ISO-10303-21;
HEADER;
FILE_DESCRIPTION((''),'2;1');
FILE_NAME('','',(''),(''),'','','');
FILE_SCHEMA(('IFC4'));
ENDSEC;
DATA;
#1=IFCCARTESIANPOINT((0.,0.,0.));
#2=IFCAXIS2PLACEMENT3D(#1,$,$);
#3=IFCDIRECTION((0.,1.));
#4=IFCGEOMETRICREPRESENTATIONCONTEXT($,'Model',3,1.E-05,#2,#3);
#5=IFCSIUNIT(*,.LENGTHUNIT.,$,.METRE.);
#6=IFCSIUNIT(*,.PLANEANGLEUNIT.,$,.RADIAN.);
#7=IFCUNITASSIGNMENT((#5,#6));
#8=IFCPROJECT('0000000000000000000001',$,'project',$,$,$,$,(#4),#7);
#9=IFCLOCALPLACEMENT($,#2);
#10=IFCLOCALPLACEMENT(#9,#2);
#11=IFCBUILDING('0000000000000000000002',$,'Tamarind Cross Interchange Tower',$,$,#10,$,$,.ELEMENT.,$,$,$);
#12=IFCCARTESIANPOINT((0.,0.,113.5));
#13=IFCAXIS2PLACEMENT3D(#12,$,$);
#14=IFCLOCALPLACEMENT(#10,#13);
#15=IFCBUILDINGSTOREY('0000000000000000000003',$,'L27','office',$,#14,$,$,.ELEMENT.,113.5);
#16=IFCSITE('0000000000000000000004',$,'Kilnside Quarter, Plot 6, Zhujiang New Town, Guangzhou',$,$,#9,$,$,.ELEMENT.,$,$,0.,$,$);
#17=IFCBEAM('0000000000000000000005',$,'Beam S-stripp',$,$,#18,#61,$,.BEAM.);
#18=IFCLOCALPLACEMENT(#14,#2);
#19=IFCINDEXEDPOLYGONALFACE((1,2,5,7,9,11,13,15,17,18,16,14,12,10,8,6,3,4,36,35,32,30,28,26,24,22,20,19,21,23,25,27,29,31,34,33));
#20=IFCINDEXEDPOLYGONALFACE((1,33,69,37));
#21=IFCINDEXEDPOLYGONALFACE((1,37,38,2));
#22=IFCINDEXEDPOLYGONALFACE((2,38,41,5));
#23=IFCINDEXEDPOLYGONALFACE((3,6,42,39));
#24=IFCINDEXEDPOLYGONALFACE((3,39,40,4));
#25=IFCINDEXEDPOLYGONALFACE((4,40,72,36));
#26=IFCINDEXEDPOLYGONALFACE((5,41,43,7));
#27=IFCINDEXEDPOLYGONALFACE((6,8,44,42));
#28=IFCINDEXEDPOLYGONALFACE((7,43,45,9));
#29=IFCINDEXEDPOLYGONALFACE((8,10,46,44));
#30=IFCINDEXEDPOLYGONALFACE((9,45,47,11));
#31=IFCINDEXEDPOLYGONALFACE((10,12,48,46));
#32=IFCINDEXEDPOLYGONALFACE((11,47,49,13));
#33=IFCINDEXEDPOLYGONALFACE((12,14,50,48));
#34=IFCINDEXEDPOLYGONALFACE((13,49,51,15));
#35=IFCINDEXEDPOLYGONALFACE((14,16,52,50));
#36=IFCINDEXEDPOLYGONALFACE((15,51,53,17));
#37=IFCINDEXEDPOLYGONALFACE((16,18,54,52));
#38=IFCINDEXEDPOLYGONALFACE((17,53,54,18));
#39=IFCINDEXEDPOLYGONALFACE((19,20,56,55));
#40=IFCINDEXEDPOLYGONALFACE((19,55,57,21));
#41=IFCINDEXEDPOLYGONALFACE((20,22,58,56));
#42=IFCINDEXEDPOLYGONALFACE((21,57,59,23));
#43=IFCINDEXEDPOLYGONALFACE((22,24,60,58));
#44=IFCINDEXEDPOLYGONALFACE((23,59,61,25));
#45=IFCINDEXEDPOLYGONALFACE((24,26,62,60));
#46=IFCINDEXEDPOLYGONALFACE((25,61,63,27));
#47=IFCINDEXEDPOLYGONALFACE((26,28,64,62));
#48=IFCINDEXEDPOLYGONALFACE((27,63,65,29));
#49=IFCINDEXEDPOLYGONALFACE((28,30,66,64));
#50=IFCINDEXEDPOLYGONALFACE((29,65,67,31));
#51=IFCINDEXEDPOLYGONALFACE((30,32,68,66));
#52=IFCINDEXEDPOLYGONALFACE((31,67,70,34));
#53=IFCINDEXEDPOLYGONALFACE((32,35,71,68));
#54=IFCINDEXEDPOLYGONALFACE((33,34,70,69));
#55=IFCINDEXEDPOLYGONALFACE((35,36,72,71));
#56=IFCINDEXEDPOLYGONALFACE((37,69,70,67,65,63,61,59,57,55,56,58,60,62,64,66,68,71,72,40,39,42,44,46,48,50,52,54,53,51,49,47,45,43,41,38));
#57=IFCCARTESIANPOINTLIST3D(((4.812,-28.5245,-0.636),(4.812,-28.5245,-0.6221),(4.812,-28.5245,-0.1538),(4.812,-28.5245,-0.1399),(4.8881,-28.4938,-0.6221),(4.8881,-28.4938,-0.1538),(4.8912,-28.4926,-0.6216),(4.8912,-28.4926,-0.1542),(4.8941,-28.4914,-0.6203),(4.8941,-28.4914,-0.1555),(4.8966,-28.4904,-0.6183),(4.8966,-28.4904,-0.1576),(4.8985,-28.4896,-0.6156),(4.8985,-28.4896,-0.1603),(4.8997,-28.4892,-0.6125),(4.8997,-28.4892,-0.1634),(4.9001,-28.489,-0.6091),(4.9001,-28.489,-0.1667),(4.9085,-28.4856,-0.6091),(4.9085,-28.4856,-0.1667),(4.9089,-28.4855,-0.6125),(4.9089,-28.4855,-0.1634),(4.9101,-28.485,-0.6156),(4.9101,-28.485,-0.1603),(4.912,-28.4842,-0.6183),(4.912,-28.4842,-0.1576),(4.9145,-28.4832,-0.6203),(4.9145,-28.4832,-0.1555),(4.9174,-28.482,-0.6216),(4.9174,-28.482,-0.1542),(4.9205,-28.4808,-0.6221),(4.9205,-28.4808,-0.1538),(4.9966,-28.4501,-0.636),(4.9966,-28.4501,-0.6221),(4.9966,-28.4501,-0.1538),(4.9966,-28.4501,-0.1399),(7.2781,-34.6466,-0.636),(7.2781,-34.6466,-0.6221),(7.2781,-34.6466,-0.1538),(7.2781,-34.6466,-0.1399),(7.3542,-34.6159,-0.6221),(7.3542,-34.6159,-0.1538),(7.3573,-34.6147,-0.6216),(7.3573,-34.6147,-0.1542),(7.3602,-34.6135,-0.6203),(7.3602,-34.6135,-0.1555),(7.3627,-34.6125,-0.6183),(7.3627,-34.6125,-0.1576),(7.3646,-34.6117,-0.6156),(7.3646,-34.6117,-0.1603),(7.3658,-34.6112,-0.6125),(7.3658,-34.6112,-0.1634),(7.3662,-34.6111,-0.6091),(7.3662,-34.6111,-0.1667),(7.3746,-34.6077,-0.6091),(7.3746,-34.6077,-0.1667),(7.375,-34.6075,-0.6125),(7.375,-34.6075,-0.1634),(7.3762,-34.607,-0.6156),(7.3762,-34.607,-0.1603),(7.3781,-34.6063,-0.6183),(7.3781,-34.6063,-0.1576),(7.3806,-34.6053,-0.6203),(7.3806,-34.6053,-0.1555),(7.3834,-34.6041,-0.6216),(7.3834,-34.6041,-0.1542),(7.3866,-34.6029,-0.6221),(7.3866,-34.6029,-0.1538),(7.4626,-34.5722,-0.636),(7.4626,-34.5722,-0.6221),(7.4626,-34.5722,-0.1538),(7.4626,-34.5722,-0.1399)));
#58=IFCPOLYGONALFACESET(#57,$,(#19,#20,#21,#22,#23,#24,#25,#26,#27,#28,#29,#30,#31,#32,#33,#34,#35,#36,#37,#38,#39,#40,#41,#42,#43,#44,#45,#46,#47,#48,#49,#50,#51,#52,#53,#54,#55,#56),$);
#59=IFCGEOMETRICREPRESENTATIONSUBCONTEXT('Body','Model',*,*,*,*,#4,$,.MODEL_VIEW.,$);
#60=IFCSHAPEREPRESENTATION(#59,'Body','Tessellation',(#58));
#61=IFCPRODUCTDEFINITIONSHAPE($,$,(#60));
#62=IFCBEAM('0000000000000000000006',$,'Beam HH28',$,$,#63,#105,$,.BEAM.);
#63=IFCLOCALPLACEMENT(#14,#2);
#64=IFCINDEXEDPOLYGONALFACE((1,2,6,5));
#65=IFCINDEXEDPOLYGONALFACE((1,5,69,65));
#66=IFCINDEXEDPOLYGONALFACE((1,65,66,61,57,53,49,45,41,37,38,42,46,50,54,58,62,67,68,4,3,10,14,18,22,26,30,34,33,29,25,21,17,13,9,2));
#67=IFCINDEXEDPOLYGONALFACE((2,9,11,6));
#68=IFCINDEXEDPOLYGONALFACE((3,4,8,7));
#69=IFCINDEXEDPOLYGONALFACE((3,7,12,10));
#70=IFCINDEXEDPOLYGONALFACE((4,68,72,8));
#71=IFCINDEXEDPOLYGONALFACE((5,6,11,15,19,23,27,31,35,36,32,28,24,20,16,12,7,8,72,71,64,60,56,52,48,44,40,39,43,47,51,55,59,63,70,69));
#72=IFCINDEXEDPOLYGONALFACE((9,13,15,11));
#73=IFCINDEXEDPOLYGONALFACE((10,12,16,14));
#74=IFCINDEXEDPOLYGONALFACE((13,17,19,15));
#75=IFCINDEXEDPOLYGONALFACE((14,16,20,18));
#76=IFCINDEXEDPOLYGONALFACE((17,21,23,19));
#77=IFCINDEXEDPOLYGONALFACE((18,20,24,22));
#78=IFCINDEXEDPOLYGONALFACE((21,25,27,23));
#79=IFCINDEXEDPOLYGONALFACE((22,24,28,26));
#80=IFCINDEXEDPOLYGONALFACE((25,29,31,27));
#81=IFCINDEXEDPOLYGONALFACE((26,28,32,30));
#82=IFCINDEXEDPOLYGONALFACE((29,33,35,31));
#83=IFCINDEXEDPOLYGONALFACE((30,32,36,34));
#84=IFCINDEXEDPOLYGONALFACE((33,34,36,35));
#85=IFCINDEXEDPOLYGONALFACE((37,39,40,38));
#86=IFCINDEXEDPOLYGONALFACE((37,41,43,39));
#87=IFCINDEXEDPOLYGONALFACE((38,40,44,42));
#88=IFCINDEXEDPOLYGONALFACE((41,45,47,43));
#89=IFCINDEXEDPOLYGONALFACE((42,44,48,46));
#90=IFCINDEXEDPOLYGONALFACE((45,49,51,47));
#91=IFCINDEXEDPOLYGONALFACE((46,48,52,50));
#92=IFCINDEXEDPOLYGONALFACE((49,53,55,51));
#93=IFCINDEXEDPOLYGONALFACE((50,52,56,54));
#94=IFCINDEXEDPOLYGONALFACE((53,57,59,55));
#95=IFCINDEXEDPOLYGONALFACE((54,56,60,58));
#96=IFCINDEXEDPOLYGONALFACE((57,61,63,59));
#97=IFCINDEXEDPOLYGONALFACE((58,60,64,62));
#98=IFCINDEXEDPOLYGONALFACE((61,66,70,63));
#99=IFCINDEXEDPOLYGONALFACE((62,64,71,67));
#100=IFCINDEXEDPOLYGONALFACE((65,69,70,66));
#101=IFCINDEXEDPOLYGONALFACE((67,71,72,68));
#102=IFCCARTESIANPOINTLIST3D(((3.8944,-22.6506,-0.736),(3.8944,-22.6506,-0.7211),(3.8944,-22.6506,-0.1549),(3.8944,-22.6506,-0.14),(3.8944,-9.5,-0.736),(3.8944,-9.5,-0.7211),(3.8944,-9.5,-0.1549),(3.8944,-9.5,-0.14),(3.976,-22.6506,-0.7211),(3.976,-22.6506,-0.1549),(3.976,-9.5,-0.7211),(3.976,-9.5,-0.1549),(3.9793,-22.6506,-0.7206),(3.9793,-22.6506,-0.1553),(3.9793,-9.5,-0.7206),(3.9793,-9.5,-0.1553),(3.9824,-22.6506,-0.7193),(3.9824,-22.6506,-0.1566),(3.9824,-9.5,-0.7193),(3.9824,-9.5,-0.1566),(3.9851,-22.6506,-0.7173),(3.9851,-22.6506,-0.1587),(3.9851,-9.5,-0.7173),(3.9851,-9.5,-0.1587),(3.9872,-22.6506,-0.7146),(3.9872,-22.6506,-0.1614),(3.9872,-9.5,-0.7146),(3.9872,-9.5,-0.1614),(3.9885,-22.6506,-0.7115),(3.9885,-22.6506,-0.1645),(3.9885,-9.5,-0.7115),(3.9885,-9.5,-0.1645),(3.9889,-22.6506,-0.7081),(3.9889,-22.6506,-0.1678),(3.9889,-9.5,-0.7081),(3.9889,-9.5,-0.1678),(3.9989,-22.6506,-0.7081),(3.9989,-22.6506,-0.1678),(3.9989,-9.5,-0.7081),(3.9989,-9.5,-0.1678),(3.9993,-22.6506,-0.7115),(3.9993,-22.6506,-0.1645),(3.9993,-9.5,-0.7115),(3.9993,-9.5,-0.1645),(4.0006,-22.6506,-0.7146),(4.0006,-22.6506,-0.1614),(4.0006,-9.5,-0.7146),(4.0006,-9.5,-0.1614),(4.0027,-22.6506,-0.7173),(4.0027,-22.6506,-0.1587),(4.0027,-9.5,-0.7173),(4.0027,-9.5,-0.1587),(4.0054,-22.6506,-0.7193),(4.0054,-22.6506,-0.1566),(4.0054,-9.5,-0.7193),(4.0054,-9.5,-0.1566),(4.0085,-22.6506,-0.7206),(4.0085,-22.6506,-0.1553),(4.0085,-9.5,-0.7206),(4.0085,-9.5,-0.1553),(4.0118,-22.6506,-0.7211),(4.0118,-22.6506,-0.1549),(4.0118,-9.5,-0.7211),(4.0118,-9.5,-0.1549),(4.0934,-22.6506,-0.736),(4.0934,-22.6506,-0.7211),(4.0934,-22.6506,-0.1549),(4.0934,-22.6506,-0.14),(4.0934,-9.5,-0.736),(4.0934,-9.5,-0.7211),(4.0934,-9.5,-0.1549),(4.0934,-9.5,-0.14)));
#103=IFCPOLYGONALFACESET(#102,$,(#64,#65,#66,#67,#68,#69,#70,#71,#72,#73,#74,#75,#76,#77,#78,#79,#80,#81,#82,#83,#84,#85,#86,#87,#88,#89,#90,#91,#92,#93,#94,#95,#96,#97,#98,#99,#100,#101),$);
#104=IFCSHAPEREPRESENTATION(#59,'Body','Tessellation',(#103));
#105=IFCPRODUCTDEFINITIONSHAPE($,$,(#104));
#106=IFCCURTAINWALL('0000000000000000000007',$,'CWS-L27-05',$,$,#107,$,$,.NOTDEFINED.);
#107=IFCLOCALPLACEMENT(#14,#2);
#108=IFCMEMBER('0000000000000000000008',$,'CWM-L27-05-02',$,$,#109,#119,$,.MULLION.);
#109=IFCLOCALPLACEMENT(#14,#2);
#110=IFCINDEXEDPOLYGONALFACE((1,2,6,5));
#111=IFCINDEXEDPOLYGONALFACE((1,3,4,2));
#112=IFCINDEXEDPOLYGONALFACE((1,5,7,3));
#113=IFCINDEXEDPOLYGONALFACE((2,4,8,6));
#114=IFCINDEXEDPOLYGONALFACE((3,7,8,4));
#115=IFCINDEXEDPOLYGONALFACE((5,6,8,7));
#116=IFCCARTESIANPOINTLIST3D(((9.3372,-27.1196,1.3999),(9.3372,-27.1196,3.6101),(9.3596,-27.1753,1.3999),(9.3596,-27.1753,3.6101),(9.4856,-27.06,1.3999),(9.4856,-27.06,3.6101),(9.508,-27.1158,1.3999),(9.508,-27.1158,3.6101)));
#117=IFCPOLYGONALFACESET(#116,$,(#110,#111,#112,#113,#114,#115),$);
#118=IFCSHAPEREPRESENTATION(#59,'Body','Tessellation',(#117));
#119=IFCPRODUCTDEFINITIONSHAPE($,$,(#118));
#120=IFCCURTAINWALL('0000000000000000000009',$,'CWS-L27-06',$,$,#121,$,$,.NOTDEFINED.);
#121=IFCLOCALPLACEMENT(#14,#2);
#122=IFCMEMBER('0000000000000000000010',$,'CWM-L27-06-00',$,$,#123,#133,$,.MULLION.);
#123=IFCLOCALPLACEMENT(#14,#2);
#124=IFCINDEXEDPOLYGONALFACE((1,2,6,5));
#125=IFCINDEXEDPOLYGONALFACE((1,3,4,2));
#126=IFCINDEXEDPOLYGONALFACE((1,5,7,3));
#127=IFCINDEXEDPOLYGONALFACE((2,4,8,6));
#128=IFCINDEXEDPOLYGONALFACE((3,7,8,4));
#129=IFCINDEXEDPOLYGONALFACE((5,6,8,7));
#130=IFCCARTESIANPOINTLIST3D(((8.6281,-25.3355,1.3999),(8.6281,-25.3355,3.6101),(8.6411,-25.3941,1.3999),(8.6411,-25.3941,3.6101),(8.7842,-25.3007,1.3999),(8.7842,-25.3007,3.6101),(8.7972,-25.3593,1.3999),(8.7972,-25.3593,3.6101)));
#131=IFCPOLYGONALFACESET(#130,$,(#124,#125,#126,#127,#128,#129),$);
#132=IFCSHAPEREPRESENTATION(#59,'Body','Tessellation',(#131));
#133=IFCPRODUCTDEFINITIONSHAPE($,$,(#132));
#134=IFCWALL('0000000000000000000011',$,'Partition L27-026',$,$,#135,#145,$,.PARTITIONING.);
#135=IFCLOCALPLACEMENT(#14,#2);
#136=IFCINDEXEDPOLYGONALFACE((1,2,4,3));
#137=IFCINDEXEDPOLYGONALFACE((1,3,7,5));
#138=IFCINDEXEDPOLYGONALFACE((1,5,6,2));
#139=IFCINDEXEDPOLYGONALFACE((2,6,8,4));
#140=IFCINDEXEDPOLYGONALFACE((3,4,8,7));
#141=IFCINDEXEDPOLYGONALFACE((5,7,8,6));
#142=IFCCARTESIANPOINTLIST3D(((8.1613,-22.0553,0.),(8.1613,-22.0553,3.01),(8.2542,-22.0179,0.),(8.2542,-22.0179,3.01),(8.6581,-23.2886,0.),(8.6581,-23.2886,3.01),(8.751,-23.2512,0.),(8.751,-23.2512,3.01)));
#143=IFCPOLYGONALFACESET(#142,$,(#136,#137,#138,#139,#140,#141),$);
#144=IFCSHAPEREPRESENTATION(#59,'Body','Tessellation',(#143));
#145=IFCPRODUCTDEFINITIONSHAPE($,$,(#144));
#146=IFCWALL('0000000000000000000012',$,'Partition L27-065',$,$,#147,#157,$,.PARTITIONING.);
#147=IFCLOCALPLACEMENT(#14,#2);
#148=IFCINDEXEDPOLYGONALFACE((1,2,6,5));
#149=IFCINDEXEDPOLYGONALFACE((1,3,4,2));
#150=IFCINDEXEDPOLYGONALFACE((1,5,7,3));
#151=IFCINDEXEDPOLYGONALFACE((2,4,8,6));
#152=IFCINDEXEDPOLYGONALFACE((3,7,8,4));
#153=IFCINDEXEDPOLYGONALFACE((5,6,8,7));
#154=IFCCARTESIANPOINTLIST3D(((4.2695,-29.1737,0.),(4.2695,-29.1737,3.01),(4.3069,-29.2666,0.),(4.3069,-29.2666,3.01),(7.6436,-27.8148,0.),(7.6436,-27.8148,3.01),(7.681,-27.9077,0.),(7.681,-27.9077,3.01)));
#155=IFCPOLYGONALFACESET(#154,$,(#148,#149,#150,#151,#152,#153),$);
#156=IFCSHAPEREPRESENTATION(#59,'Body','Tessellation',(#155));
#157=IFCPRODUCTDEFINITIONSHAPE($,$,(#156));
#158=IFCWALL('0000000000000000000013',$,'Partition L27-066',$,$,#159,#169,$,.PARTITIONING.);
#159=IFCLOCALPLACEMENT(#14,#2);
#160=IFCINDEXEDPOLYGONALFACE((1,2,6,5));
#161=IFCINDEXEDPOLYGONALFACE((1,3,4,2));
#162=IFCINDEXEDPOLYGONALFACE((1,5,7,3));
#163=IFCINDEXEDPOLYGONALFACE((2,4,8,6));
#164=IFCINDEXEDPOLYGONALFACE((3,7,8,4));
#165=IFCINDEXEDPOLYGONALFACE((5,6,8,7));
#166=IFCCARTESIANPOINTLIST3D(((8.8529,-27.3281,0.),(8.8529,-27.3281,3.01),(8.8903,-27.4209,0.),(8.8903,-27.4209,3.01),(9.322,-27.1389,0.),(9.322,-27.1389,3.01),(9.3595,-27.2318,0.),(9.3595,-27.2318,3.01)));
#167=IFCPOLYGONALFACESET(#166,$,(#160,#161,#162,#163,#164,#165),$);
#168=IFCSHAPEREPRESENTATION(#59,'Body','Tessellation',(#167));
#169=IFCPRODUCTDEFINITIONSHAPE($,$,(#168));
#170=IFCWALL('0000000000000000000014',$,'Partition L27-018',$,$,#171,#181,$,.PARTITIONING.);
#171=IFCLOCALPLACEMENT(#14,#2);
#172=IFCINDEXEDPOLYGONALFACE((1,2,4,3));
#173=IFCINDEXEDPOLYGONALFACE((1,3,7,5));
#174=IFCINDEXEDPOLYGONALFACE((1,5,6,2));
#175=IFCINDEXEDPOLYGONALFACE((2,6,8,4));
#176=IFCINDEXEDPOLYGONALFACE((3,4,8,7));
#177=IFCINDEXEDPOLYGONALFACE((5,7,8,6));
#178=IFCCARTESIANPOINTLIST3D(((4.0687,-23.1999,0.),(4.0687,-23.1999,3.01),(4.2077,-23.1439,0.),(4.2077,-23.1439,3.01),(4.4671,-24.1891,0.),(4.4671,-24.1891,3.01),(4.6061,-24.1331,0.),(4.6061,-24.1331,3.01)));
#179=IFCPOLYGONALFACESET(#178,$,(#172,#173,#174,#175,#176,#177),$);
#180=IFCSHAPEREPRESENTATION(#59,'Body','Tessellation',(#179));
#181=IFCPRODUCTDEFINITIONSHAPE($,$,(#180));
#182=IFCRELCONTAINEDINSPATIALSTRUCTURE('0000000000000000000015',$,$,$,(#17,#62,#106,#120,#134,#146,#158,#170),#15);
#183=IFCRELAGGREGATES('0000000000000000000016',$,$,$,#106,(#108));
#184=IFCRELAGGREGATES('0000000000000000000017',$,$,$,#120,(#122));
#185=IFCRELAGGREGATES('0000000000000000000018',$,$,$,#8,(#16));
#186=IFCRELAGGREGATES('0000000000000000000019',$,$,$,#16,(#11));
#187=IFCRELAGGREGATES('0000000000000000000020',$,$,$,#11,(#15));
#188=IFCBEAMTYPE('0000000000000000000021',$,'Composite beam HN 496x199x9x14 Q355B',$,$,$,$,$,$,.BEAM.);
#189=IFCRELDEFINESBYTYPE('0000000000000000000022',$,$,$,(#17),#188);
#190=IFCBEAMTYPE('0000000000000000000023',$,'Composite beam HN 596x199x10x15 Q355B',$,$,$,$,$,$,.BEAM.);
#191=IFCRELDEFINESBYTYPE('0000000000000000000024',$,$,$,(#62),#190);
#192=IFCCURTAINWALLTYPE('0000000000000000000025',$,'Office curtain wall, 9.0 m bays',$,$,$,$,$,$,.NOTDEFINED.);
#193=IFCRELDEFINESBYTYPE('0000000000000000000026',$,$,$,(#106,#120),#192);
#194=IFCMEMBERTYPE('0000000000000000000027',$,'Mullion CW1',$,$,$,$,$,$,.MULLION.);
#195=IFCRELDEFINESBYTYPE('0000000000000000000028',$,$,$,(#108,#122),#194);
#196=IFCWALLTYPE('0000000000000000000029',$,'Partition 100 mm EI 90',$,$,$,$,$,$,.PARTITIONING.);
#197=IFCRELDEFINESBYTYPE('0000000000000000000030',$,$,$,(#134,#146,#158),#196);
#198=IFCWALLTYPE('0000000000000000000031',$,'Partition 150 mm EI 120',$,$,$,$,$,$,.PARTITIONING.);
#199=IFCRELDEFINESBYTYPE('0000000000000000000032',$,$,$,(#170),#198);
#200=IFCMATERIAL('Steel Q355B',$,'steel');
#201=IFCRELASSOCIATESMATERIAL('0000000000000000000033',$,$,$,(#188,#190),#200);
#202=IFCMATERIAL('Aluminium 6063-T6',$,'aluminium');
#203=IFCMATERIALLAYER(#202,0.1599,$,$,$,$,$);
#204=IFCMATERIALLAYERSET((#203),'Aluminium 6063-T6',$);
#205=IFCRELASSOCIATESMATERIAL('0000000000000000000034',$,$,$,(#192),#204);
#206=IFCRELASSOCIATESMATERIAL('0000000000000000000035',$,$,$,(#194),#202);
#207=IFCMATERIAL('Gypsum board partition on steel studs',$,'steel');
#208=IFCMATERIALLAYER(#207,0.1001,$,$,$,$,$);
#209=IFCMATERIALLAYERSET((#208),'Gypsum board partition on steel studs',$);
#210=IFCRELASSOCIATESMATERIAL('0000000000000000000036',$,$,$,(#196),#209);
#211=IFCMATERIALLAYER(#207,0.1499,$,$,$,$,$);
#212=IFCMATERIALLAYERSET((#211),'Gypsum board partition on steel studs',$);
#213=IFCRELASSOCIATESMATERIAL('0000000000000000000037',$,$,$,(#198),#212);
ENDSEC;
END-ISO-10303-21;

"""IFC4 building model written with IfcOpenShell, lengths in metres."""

from ifc_helpers import new_model, si_unit, direction, frame, frame_2d, origin, origin_2d, place, context, subcontext, project, spatial, rectangle, i_section, extrude, material, layer, layer_set, material_profile, profile_set, type_object, element, aggregate, save


model = new_model("IFC4")

# Units and contexts
model_context = context("Model", 3, precision=1e-05, world=origin(), true_north=direction((0.0, 1.0)))
body_context = subcontext(model_context, "Body", "Model", "MODEL_VIEW")
ifc_project = project(units=[si_unit("LENGTHUNIT", "METRE"), si_unit("PLANEANGLEUNIT", "RADIAN")], contexts=[model_context])

# Site, building, storey
site_placement = place(None, origin())
site = spatial("IfcSite", under=ifc_project, at=site_placement, Name="Kilnside Quarter, Plot 6, Zhujiang New Town, Guangzhou", CompositionType="ELEMENT", RefElevation=0.0)
building_placement = place(site_placement, origin())
building = spatial("IfcBuilding", under=site, at=building_placement, Name="Tamarind Cross Interchange Tower", CompositionType="ELEMENT")
storey_placement = place(building_placement, frame((0.0, 0.0, 113.5)))
storey = spatial("IfcBuildingStorey", under=building, at=storey_placement, Name="L27", Description="office", CompositionType="ELEMENT", Elevation=113.5)

# Beams
ifc_material_1 = material(Name="Steel Q355B", Category="steel")
ifc_material_profile_1 = material_profile(ifc_material_1, i_section(OverallWidth=0.199, OverallDepth=0.4961, WebThickness=0.009, FlangeThickness=0.0139, FilletRadius=0.0129, at=origin_2d()), Name="HN 496x199x9x14")
ifc_profile_set_1 = profile_set([ifc_material_profile_1], Name="Steel Q355B")
beam_type_1 = type_object("IfcBeamType", Name="Composite beam HN 496x199x9x14 Q355B", PredefinedType="BEAM", material=ifc_profile_set_1)
beam_1_placement = place(storey_placement, frame((4.9043, -28.4873, -0.3879), z_axis=(0.373641, -0.927573, 0.0), x_axis=(0.927573, 0.373641, 0.0)))
element("IfcBeam", 1, at=beam_1_placement, inside=storey, type_object=beam_type_1, Name="Beam S-stripp", PredefinedType="BEAM", context=body_context, shape_type="SweptSolid", body=[
    extrude(i_section(OverallWidth=0.199, OverallDepth=0.4961, WebThickness=0.009, FlangeThickness=0.0139, FilletRadius=0.0129, at=origin_2d()), origin(), (0.0, 0.0, 1.0), 6.6001),
])
ifc_material_profile_2 = material_profile(ifc_material_1, i_section(OverallWidth=0.199, OverallDepth=0.5959, WebThickness=0.01, FlangeThickness=0.0149, FilletRadius=0.0129, at=origin_2d()), Name="HN 596x199x10x15")
ifc_profile_set_2 = profile_set([ifc_material_profile_2], Name="Steel Q355B")
beam_type_2 = type_object("IfcBeamType", Name="Composite beam HN 596x199x10x15 Q355B", PredefinedType="BEAM", material=ifc_profile_set_2)
beam_2_placement = place(storey_placement, frame((3.9939, -22.6506, -0.438), z_axis=(0.0, 1.0, 0.0), x_axis=(-1.0, 0.0, 0.0)))
element("IfcBeam", 2, at=beam_2_placement, inside=storey, type_object=beam_type_2, Name="Beam HH28", PredefinedType="BEAM", context=body_context, shape_type="SweptSolid", body=[
    extrude(i_section(OverallWidth=0.199, OverallDepth=0.5959, WebThickness=0.01, FlangeThickness=0.0149, FilletRadius=0.0129, at=origin_2d()), origin(), (0.0, 0.0, 1.0), 13.1506),
])

# Curtain walls, members
ifc_material_2 = material(Name="Aluminium 6063-T6", Category="aluminium")
ifc_layer_1 = layer(ifc_material_2, 0.1599)
ifc_layer_set_1 = layer_set([ifc_layer_1], Name="Aluminium 6063-T6")
curtain_wall_type = type_object("IfcCurtainWallType", Name="Office curtain wall, 9.0 m bays", PredefinedType="NOTDEFINED", material=ifc_layer_set_1)
curtain_wall_1_placement = place(storey_placement, origin())
curtain_wall_1 = element("IfcCurtainWall", 3, at=curtain_wall_1_placement, inside=storey, type_object=curtain_wall_type, Name="CWS-L27-05", PredefinedType="NOTDEFINED")
ifc_material_profile_3 = material_profile(ifc_material_2, rectangle(XDim=0.0601, YDim=0.1599, at=origin_2d()), Name="Mullion CW1")
ifc_profile_set_3 = profile_set([ifc_material_profile_3], Name="Aluminium 6063-T6")
member_type = type_object("IfcMemberType", Name="Mullion CW1", PredefinedType="MULLION", material=ifc_profile_set_3)
member_1_placement = place(storey_placement, frame((9.4226, -27.1177, 1.3999), z_axis=(0.0, 0.0, 1.0), x_axis=(-0.372124, 0.928183, 0.0)))
member_1 = element("IfcMember", 4, at=member_1_placement, type_object=member_type, Name="CWM-L27-05-02", PredefinedType="MULLION", context=body_context, shape_type="SweptSolid", body=[
    extrude(rectangle(XDim=0.0601, YDim=0.1599, at=origin_2d()), origin(), (0.0, 0.0, 1.0), 2.2102),
])
aggregate(curtain_wall_1, [member_1])
curtain_wall_2_placement = place(storey_placement, origin())
curtain_wall_2 = element("IfcCurtainWall", 5, at=curtain_wall_2_placement, inside=storey, type_object=curtain_wall_type, Name="CWS-L27-06", PredefinedType="NOTDEFINED")
member_2_placement = place(storey_placement, frame((8.7126, -25.3474, 1.3999), z_axis=(0.0, 0.0, 1.0), x_axis=(-0.217413, 0.97608, 0.0)))
member_2 = element("IfcMember", 6, at=member_2_placement, type_object=member_type, Name="CWM-L27-06-00", PredefinedType="MULLION", context=body_context, shape_type="SweptSolid", body=[
    extrude(rectangle(XDim=0.0601, YDim=0.1599, at=origin_2d()), origin(), (0.0, 0.0, 1.0), 2.2102),
])
aggregate(curtain_wall_2, [member_2])

# Walls
ifc_material_3 = material(Name="Gypsum board partition on steel studs", Category="steel")
ifc_layer_2 = layer(ifc_material_3, 0.1001)
ifc_layer_set_2 = layer_set([ifc_layer_2], Name="Gypsum board partition on steel studs")
wall_type_1 = type_object("IfcWallType", Name="Partition 100 mm EI 90", PredefinedType="PARTITIONING", material=ifc_layer_set_2)
wall_1_placement = place(storey_placement, frame((8.2078, -22.0366, 0.0), z_axis=(0.0, 0.0, 1.0), x_axis=(0.373637, -0.927575, 0.0)))
element("IfcWall", 7, at=wall_1_placement, inside=storey, type_object=wall_type_1, Name="Partition L27-026", PredefinedType="PARTITIONING", context=body_context, shape_type="SweptSolid", body=[
    extrude(rectangle(XDim=1.3296, YDim=0.1001, at=frame_2d((0.6648, 0.0))), origin(), (0.0, 0.0, 1.0), 3.01),
])
wall_2_placement = place(storey_placement, frame((4.2881, -29.2202, 0.0), z_axis=(0.0, 0.0, 1.0), x_axis=(0.927595, 0.373588, 0.0)))
element("IfcWall", 8, at=wall_2_placement, inside=storey, type_object=wall_type_1, Name="Partition L27-065", PredefinedType="PARTITIONING", context=body_context, shape_type="SweptSolid", body=[
    extrude(rectangle(XDim=3.6375, YDim=0.1001, at=frame_2d((1.8188, 0.0))), origin(), (0.0, 0.0, 1.0), 3.01),
])
wall_3_placement = place(storey_placement, frame((8.8716, -27.3745, 0.0), z_axis=(0.0, 0.0, 1.0), x_axis=(0.927441, 0.373968, 0.0)))
element("IfcWall", 9, at=wall_3_placement, inside=storey, type_object=wall_type_1, Name="Partition L27-066", PredefinedType="PARTITIONING", context=body_context, shape_type="SweptSolid", body=[
    extrude(rectangle(XDim=0.5059, YDim=0.1001, at=frame_2d((0.2529, 0.0))), origin(), (0.0, 0.0, 1.0), 3.01),
])
ifc_layer_3 = layer(ifc_material_3, 0.1499)
ifc_layer_set_3 = layer_set([ifc_layer_3], Name="Gypsum board partition on steel studs")
wall_type_2 = type_object("IfcWallType", Name="Partition 150 mm EI 120", PredefinedType="PARTITIONING", material=ifc_layer_set_3)
wall_4_placement = place(storey_placement, frame((4.1382, -23.1719, 0.0), z_axis=(0.0, 0.0, 1.0), x_axis=(0.3736, -0.92759, 0.0)))
element("IfcWall", 10, at=wall_4_placement, inside=storey, type_object=wall_type_2, Name="Partition L27-018", PredefinedType="PARTITIONING", context=body_context, shape_type="SweptSolid", body=[
    extrude(rectangle(XDim=1.0664, YDim=0.1499, at=frame_2d((0.5332, 0.0))), origin(), (0.0, 0.0, 1.0), 3.01),
])

save(model, "model.ifc")
